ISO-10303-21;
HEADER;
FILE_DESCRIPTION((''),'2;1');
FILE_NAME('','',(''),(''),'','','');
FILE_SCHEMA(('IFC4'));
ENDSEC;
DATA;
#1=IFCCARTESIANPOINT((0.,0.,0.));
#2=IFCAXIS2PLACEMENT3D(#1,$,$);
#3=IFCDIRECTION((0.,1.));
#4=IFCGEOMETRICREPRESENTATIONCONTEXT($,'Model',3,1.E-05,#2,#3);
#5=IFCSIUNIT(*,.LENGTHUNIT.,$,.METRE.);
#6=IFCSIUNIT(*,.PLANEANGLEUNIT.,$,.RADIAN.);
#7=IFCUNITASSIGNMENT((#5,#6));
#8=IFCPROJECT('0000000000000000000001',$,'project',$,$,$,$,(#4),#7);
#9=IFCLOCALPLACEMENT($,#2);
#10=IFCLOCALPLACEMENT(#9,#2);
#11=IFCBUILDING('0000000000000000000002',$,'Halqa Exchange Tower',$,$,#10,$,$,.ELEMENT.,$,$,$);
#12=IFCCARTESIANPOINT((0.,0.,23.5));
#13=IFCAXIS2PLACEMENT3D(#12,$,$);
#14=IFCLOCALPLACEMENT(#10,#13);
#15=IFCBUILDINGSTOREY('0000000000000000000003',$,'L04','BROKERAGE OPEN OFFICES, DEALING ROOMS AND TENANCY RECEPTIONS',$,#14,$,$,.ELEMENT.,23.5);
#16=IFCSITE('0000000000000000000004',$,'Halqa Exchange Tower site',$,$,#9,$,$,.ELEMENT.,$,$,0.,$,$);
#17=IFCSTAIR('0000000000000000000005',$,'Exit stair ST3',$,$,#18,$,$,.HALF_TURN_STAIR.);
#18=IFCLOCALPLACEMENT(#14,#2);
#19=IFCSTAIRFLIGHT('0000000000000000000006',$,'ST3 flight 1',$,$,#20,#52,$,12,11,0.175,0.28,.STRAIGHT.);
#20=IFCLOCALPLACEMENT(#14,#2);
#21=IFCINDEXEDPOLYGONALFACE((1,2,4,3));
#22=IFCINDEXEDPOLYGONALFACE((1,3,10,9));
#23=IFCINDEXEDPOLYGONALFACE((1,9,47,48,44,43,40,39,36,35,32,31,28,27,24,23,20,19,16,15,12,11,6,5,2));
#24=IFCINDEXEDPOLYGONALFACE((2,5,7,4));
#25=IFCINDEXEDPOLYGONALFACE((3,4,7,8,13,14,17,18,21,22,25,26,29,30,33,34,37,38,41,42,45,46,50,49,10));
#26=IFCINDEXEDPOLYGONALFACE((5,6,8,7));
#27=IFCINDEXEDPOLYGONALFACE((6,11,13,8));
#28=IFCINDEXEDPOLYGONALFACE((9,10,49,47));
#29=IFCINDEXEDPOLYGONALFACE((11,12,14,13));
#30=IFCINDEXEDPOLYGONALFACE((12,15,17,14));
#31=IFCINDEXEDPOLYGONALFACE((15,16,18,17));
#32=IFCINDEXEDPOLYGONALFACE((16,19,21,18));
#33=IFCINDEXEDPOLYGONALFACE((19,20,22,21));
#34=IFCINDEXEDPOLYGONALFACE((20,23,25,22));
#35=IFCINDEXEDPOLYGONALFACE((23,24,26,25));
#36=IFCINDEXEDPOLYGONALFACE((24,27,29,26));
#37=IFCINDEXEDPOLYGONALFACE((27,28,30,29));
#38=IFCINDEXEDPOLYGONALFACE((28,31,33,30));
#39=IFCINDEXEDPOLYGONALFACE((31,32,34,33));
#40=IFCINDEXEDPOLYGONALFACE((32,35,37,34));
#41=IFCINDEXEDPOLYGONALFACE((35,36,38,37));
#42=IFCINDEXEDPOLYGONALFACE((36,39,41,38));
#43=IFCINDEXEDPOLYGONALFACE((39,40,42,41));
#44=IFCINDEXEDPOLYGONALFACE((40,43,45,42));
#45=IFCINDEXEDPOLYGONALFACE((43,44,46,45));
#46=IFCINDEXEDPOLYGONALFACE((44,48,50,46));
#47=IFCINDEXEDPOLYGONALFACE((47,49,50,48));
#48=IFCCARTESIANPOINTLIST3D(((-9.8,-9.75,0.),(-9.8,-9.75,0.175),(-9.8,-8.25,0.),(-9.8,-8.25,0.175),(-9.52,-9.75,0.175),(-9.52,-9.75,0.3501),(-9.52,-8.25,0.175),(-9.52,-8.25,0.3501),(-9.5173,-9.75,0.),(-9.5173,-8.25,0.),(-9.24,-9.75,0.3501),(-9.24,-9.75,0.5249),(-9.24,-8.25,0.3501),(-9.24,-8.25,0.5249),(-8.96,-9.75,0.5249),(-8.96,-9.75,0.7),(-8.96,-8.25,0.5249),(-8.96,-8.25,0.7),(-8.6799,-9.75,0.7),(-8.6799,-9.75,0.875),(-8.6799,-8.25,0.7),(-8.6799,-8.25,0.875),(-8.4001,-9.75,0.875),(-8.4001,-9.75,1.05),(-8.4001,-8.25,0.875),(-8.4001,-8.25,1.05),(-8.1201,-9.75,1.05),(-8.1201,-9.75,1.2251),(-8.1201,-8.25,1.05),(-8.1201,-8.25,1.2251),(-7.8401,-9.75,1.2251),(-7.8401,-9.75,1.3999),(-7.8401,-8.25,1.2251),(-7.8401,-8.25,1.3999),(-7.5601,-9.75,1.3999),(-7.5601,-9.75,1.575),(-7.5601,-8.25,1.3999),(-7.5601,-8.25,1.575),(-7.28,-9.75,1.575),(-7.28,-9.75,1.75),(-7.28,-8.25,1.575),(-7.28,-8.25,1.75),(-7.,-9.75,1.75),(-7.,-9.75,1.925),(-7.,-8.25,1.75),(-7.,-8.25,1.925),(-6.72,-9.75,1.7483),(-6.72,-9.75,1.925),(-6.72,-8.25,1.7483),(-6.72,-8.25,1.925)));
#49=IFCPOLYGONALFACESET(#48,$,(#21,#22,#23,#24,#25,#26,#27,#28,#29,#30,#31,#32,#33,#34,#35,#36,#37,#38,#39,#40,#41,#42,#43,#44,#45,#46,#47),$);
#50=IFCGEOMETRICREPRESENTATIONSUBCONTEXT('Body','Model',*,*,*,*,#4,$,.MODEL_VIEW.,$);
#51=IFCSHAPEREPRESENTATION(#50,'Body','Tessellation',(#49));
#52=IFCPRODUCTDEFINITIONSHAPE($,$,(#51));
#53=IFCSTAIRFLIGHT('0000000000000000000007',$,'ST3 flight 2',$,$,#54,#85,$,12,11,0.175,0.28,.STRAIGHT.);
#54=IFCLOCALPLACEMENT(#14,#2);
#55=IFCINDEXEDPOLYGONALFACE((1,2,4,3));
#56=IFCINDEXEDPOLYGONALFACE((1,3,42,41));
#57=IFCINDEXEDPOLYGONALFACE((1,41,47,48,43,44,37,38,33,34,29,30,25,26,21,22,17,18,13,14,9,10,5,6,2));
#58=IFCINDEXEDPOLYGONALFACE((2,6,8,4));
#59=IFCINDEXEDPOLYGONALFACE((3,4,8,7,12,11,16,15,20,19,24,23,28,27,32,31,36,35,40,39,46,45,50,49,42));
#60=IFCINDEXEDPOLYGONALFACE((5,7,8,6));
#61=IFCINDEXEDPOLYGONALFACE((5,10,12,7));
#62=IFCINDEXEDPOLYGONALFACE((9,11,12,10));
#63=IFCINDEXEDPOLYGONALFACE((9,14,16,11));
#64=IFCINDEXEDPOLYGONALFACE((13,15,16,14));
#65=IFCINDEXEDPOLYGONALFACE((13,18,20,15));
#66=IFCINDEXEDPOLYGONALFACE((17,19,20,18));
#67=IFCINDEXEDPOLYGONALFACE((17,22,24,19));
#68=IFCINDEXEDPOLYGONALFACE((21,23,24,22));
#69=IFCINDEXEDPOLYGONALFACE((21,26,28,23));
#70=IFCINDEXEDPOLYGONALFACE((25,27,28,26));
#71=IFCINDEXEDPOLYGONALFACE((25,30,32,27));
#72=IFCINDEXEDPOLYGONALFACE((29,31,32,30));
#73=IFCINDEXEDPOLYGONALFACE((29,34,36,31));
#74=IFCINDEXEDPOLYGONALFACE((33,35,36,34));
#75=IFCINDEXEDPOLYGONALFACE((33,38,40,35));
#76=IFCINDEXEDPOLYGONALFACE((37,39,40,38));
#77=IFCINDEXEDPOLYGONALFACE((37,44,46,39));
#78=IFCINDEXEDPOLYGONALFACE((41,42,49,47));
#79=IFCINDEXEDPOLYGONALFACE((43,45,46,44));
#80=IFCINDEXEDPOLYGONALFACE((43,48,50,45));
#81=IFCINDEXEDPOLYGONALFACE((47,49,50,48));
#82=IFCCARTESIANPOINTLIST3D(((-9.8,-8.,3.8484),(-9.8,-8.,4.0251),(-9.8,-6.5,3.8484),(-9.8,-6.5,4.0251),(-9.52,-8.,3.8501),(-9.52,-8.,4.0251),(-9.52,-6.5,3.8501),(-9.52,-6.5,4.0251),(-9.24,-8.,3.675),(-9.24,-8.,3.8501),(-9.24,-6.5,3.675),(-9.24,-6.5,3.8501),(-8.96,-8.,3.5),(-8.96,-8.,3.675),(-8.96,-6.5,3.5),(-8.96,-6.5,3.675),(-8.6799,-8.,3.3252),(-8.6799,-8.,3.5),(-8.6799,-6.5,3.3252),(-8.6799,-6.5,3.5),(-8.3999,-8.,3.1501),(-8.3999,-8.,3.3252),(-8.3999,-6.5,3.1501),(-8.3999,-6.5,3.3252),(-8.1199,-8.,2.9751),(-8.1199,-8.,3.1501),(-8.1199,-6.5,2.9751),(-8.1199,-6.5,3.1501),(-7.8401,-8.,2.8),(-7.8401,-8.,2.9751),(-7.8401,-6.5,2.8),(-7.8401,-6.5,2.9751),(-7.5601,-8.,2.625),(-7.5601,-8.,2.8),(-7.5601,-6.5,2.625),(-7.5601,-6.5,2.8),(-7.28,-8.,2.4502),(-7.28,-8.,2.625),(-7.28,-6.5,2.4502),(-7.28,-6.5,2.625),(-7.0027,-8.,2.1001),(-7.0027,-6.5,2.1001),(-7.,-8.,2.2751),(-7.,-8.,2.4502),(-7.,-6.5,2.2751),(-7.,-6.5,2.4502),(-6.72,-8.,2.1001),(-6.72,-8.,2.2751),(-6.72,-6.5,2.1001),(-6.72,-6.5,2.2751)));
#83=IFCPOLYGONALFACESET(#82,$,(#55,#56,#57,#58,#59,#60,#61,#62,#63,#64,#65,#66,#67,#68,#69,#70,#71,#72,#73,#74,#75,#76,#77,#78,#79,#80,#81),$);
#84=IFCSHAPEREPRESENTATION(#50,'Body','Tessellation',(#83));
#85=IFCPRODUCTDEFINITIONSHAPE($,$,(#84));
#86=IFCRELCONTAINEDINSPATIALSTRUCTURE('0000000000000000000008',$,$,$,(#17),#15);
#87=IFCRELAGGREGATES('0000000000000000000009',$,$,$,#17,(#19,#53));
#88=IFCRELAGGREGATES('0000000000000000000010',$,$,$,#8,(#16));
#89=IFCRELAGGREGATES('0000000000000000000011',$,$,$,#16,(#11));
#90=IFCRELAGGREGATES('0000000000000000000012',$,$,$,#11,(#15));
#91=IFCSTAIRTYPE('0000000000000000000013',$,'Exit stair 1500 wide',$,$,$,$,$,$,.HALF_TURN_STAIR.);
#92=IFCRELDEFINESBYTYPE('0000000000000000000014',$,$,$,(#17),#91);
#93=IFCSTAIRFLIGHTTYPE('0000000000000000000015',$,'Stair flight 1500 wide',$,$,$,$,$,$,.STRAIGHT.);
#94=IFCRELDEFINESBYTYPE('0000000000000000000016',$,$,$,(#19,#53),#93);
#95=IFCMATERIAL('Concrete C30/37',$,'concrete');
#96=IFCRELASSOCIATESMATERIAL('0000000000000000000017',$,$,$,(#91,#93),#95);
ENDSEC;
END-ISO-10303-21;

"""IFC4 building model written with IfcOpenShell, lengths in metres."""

from ifc_helpers import new_model, si_unit, direction, frame, origin, place, context, subcontext, project, spatial, polyline, outline, extrude, material, type_object, element, aggregate, save


model = new_model("IFC4")

# Units and contexts
model_context = context("Model", 3, precision=1e-05, world=origin(), true_north=direction((0.0, 1.0)))
body_context = subcontext(model_context, "Body", "Model", "MODEL_VIEW")
ifc_project = project(units=[si_unit("LENGTHUNIT", "METRE"), si_unit("PLANEANGLEUNIT", "RADIAN")], contexts=[model_context])

# Site, building, storey
site_placement = place(None, origin())
site = spatial("IfcSite", under=ifc_project, at=site_placement, Name="Halqa Exchange Tower site", CompositionType="ELEMENT", RefElevation=0.0)
building_placement = place(site_placement, origin())
building = spatial("IfcBuilding", under=site, at=building_placement, Name="Halqa Exchange Tower", CompositionType="ELEMENT")
storey_placement = place(building_placement, frame((0.0, 0.0, 23.5)))
storey = spatial("IfcBuildingStorey", under=building, at=storey_placement, Name="L04", Description="BROKERAGE OPEN OFFICES, DEALING ROOMS AND TENANCY RECEPTIONS", CompositionType="ELEMENT", Elevation=23.5)

# Shared definitions
ifc_material_1 = material(Name="Concrete C30/37", Category="concrete")

# Stair, stair flights
stair_type = type_object("IfcStairType", Name="Exit stair 1500 wide", PredefinedType="HALF_TURN_STAIR", material=ifc_material_1)
stair_placement = place(storey_placement, origin())
stair = element("IfcStair", 1, at=stair_placement, inside=storey, type_object=stair_type, Name="Exit stair ST3", PredefinedType="HALF_TURN_STAIR")
stair_flight_type = type_object("IfcStairFlightType", Name="Stair flight 1500 wide", PredefinedType="STRAIGHT", material=ifc_material_1)
stair_flight_1_placement = place(storey_placement, frame((-9.8, -9.0, 0.0), z_axis=(0.0, 0.0, 1.0), x_axis=(1.0, 0.0, 0.0)))
stair_flight_1 = element("IfcStairFlight", 2, at=stair_flight_1_placement, type_object=stair_flight_type, Name="ST3 flight 1", NumberOfRisers=12, NumberOfTreads=11, PredefinedType="STRAIGHT", RiserHeight=0.175, TreadLength=0.28, context=body_context, shape_type="SweptSolid", body=[
    extrude(outline(polyline([(0.0, 0.0), (0.0, 0.175), (0.28, 0.175), (0.28, 0.3501), (0.5601, 0.3501), (0.5601, 0.5249), (0.8401, 0.5249), (0.8401, 0.7), (1.1201, 0.7), (1.1201, 0.875), (1.3999, 0.875), (1.3999, 1.05), (1.6799, 1.05), (1.6799, 1.2251), (1.96, 1.2251), (1.96, 1.3999), (2.24, 1.3999), (2.24, 1.575), (2.52, 1.575), (2.52, 1.75), (2.8, 1.75), (2.8, 1.925), (3.0801, 1.925), (3.0801, 2.1001), (3.0801, 1.7483), (0.2827, 0.0), (0.0, 0.0)])), frame((0.0, 0.75, 0.0), z_axis=(0.0, -1.0, 0.0), x_axis=(1.0, 0.0, 0.0)), (0.0, 0.0, 1.0), 1.5),
])
stair_flight_2_placement = place(storey_placement, frame((-6.72, -7.25, 2.1001), z_axis=(0.0, 0.0, 1.0), x_axis=(-1.0, 0.0, 0.0)))
stair_flight_2 = element("IfcStairFlight", 3, at=stair_flight_2_placement, type_object=stair_flight_type, Name="ST3 flight 2", NumberOfRisers=12, NumberOfTreads=11, PredefinedType="STRAIGHT", RiserHeight=0.175, TreadLength=0.28, context=body_context, shape_type="SweptSolid", body=[
    extrude(outline(polyline([(0.0, 0.0), (0.0, 0.175), (0.28, 0.175), (0.28, 0.3501), (0.5601, 0.3501), (0.5601, 0.5249), (0.8401, 0.5249), (0.8401, 0.7), (1.1201, 0.7), (1.1201, 0.875), (1.3999, 0.875), (1.3999, 1.05), (1.6799, 1.05), (1.6799, 1.2251), (1.96, 1.2251), (1.96, 1.3999), (2.24, 1.3999), (2.24, 1.575), (2.52, 1.575), (2.52, 1.75), (2.8, 1.75), (2.8, 1.925), (3.0801, 1.925), (3.0801, 2.1001), (3.0801, 1.7483), (0.2827, 0.0), (0.0, 0.0)])), frame((0.0, 0.75, 0.0), z_axis=(0.0, -1.0, 0.0), x_axis=(1.0, 0.0, 0.0)), (0.0, 0.0, 1.0), 1.5),
])
aggregate(stair, [stair_flight_1, stair_flight_2])

save(model, "model.ifc")
